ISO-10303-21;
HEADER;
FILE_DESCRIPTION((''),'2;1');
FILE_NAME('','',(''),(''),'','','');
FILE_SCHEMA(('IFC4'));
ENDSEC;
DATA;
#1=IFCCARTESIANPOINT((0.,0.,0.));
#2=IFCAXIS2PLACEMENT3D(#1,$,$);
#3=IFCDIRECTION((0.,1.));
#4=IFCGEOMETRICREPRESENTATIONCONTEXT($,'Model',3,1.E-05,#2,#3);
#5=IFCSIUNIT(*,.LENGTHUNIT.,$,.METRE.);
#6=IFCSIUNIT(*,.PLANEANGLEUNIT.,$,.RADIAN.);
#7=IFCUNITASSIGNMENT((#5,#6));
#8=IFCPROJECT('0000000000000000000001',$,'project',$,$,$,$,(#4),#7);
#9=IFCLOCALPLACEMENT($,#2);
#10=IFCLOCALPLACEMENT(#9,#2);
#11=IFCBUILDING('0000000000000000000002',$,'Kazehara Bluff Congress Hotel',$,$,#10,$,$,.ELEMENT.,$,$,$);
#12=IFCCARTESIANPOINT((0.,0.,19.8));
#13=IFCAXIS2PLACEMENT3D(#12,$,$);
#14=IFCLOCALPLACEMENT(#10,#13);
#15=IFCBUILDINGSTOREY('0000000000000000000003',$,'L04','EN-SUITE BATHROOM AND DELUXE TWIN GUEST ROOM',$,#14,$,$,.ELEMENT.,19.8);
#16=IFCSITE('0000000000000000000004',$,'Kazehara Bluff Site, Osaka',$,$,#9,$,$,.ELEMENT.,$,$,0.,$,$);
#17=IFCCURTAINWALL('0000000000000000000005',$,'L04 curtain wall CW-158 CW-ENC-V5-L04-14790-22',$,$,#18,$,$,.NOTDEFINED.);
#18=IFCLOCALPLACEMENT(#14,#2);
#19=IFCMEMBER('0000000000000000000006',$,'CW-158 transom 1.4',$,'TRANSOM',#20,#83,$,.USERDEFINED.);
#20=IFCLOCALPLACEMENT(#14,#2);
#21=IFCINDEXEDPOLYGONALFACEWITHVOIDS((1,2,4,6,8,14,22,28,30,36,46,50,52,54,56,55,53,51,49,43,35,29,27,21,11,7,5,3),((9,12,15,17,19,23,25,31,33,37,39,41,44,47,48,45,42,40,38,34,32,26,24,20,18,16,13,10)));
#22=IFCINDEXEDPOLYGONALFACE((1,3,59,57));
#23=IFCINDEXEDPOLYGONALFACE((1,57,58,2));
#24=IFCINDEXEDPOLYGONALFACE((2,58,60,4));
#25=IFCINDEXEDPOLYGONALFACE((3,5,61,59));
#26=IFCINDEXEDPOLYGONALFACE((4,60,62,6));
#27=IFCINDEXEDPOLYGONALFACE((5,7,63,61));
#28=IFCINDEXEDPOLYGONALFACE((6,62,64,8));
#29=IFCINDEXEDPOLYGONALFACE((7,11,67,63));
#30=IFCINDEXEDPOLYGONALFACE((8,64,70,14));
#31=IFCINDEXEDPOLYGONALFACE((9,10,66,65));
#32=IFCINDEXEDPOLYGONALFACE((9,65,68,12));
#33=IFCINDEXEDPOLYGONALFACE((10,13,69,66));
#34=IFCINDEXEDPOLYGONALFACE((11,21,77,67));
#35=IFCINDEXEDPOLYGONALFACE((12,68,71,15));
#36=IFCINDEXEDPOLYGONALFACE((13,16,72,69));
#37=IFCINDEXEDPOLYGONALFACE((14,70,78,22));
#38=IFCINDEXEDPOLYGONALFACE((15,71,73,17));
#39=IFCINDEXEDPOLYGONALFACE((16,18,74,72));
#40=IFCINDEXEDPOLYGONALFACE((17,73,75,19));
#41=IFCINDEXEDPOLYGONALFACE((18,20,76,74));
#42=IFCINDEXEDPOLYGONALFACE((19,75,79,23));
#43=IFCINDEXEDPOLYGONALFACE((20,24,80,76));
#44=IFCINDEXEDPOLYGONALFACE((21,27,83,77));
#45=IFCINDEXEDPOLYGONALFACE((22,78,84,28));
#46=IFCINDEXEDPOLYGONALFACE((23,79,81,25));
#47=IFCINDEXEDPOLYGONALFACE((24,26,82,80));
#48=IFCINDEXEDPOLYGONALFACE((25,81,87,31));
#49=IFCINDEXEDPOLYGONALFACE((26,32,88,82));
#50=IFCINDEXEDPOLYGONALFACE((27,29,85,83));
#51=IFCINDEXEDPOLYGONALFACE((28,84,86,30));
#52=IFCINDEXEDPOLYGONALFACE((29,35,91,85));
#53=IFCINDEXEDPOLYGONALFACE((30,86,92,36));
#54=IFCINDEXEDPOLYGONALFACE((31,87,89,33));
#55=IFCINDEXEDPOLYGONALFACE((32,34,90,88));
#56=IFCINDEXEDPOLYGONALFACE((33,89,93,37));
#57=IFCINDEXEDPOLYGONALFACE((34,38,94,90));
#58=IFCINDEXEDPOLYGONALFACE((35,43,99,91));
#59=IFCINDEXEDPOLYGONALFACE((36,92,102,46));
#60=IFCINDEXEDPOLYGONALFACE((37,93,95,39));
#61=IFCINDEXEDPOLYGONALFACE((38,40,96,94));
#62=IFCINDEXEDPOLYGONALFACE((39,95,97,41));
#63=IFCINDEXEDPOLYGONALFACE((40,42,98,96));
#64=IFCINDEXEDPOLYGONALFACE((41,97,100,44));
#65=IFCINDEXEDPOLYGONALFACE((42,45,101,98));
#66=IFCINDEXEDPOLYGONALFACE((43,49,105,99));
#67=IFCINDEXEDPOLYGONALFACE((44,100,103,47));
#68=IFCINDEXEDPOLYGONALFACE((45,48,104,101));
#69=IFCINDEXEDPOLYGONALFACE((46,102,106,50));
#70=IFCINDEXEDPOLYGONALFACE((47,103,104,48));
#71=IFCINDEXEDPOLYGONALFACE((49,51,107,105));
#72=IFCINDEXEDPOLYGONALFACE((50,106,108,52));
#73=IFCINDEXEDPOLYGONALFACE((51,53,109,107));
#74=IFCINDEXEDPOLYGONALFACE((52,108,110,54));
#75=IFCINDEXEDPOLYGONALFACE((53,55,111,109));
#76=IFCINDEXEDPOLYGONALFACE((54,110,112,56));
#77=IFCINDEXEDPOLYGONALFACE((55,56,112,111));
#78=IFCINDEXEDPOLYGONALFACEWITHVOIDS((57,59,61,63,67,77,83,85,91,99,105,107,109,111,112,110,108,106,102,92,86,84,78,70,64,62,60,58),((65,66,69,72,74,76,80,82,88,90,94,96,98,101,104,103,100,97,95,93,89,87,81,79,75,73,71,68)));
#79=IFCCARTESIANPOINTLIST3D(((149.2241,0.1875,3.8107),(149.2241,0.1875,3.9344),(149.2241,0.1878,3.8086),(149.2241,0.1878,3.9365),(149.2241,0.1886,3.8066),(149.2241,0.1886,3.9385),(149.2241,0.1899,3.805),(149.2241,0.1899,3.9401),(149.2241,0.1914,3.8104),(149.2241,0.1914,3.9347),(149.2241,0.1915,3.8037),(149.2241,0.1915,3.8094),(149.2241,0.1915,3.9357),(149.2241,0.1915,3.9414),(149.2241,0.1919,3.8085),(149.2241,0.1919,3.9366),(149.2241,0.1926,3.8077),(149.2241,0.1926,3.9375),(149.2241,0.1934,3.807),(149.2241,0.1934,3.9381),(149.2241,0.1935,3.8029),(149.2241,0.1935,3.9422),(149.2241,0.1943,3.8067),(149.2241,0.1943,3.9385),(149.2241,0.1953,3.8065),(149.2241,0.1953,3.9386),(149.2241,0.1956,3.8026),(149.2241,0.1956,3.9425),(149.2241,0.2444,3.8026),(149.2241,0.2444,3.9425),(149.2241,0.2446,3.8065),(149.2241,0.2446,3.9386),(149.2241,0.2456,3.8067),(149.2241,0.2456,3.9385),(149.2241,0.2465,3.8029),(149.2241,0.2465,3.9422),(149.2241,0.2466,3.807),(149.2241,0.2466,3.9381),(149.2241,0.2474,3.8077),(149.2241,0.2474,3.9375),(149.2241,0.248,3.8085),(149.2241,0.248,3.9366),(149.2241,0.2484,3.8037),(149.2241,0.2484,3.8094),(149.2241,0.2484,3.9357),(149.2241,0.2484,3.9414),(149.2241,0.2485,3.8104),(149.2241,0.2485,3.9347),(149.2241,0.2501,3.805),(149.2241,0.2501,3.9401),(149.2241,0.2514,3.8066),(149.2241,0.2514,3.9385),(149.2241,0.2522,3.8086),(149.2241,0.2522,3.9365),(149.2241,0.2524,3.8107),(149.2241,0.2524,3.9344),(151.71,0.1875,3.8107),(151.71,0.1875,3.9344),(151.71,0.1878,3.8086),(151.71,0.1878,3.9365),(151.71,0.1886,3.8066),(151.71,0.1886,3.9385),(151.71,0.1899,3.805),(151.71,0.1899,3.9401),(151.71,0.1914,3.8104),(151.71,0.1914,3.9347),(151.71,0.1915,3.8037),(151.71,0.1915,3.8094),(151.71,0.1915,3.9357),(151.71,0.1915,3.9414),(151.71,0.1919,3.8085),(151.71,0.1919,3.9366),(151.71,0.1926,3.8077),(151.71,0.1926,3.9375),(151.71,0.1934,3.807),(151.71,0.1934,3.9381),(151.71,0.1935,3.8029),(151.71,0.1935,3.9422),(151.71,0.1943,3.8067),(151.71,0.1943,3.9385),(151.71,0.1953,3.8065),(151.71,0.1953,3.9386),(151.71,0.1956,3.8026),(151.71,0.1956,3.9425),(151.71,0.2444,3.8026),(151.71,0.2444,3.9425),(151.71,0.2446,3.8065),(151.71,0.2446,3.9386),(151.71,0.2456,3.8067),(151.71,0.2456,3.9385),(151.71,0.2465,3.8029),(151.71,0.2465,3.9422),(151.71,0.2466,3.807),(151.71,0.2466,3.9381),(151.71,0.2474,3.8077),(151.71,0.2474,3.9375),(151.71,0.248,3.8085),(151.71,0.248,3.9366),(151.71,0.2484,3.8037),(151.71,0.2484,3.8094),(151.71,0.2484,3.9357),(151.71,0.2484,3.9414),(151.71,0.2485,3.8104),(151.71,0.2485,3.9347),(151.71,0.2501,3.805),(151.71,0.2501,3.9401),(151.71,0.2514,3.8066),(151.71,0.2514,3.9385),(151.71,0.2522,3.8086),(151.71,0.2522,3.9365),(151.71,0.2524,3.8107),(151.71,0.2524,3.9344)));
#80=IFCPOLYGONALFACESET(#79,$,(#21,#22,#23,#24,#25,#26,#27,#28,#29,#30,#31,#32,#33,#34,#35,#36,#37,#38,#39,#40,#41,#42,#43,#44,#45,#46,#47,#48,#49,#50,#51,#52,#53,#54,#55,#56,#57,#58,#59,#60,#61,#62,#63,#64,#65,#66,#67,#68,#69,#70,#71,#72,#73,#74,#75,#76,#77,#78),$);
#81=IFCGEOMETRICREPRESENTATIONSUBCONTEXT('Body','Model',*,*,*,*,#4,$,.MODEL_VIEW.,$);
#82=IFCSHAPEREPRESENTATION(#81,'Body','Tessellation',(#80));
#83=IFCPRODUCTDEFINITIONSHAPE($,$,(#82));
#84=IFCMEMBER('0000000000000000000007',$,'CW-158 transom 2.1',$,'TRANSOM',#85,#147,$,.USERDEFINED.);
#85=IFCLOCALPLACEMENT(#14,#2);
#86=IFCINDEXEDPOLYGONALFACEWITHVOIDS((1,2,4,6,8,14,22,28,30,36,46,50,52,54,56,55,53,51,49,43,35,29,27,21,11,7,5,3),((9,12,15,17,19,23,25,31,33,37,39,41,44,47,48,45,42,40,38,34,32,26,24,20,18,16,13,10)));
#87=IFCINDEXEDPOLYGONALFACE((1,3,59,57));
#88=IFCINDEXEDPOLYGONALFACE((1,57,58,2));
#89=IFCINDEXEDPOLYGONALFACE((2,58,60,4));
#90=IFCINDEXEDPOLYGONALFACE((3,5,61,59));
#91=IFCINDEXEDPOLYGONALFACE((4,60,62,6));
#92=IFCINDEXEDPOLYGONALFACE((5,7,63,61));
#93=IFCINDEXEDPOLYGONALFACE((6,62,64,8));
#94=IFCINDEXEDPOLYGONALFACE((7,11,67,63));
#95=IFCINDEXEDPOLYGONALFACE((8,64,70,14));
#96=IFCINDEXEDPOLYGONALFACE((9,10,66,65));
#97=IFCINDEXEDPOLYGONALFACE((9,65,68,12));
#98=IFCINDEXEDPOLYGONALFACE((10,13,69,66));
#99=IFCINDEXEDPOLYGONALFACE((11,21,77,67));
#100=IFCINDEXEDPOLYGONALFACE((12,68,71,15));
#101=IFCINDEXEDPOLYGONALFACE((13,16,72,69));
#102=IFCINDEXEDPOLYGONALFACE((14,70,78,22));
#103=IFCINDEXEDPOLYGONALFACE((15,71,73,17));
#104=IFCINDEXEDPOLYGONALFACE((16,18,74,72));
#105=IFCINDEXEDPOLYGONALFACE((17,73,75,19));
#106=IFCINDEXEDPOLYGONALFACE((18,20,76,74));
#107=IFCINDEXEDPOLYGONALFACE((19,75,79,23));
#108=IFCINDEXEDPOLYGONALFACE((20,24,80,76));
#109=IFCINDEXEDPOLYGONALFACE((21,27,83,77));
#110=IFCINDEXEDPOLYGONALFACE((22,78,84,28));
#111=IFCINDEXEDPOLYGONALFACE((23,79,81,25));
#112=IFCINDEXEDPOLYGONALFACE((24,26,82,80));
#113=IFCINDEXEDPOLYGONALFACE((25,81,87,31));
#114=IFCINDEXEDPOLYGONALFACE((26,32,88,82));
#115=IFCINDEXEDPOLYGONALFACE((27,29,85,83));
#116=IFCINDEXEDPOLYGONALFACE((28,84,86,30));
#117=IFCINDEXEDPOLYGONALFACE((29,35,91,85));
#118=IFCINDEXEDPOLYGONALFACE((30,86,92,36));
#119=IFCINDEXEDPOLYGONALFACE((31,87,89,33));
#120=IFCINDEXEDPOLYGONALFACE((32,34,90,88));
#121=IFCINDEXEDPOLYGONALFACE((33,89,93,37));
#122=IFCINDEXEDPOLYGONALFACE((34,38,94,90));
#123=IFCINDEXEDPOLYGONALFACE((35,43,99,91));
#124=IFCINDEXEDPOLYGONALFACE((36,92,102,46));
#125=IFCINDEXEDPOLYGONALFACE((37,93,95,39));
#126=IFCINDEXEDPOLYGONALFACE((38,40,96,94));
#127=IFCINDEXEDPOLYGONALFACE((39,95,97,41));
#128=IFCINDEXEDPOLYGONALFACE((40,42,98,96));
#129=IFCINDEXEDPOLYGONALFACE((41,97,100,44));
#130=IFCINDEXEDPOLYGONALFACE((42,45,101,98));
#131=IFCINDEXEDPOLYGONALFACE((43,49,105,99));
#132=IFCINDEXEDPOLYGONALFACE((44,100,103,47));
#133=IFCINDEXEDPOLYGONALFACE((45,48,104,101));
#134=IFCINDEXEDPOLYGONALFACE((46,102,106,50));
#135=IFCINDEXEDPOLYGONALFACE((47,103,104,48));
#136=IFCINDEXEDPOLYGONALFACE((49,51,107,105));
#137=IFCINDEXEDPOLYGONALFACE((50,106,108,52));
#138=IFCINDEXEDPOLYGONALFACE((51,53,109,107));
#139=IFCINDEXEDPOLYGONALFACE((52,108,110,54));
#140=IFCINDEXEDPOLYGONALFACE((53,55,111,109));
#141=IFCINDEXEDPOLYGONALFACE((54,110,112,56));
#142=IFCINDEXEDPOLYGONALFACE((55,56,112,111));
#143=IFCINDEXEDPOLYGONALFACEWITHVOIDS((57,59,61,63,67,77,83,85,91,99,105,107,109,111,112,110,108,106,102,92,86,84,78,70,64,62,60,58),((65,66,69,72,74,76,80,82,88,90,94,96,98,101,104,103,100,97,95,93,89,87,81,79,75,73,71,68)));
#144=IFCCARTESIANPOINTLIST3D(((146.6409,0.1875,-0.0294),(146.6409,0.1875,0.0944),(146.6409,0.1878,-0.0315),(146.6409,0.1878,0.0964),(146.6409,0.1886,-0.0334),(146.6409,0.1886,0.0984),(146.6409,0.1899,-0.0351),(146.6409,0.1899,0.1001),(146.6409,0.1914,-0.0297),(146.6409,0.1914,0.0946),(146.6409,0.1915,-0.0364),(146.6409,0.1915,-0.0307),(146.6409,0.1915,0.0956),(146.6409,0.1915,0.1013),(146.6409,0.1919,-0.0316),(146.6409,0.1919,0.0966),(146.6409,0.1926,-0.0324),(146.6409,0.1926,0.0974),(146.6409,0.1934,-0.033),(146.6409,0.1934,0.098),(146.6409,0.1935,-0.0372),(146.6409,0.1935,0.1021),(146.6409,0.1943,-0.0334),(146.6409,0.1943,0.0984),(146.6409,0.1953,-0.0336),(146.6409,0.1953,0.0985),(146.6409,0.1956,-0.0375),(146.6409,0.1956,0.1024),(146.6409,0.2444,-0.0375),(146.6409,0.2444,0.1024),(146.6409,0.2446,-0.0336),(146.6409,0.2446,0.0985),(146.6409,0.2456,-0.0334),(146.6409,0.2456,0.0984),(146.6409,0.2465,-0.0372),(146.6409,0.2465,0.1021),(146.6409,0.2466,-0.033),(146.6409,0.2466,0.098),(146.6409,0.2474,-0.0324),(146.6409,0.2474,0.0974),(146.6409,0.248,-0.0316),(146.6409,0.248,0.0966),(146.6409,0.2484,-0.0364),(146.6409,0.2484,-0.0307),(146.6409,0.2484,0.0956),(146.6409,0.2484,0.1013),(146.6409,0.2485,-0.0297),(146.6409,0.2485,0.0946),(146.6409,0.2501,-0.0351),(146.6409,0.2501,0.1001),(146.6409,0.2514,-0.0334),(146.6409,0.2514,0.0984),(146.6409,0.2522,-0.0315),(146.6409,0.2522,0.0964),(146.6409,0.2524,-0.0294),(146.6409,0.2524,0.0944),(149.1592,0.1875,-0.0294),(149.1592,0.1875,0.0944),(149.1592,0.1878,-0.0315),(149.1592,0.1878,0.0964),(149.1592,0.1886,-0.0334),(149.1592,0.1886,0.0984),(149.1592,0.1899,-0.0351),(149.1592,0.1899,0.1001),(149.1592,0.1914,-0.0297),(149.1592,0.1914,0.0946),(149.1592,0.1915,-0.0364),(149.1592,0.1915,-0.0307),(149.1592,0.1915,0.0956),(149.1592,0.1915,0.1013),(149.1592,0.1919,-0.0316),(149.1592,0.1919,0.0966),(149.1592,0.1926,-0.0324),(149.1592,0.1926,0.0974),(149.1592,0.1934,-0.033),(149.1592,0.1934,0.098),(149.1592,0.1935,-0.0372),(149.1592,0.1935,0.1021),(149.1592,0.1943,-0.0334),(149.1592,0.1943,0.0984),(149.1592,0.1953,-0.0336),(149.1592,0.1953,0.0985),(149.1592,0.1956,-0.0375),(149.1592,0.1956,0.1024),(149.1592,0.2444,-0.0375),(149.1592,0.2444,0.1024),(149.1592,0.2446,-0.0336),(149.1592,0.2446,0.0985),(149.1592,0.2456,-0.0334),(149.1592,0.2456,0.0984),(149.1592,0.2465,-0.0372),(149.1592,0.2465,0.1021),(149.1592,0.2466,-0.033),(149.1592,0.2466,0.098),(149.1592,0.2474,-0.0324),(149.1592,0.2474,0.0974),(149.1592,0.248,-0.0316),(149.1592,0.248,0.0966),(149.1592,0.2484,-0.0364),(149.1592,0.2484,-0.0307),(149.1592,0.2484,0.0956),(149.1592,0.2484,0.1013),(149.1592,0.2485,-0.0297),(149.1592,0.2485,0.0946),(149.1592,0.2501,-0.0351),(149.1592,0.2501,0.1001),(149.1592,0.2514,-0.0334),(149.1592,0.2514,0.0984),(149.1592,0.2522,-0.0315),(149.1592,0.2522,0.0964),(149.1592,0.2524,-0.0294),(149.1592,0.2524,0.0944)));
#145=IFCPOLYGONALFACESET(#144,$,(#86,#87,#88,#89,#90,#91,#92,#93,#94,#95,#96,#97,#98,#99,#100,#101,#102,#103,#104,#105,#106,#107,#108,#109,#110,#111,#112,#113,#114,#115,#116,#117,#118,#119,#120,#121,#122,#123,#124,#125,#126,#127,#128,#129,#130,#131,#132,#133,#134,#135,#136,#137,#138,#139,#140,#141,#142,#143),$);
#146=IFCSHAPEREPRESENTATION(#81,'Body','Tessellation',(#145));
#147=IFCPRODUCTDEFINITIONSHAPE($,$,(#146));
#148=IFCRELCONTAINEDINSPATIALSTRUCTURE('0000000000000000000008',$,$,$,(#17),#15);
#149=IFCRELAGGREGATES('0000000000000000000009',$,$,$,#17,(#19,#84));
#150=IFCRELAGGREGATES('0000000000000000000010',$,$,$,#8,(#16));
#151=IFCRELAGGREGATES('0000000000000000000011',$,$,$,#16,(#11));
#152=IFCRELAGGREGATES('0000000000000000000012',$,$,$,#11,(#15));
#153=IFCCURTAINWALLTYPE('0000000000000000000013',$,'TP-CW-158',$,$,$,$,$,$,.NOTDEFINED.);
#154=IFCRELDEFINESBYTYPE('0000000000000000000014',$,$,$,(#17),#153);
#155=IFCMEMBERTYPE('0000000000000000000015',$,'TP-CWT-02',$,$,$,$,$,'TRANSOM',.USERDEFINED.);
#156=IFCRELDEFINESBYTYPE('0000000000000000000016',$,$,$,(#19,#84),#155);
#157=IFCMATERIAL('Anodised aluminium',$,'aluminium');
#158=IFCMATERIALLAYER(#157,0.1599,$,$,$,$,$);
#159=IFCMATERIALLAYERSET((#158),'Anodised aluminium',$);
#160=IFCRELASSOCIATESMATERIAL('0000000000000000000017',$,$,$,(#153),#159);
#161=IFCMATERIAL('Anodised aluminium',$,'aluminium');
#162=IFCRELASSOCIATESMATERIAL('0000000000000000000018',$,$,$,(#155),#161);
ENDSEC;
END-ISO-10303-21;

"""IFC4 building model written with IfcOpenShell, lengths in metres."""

from ifc_helpers import new_model, si_unit, direction, frame, origin, origin_2d, place, context, subcontext, project, spatial, hollow_rectangle, extrude, material, layer, layer_set, material_profile, profile_set, type_object, element, aggregate, save


model = new_model("IFC4")

# Units and contexts
model_context = context("Model", 3, precision=1e-05, world=origin(), true_north=direction((0.0, 1.0)))
body_context = subcontext(model_context, "Body", "Model", "MODEL_VIEW")
ifc_project = project(units=[si_unit("LENGTHUNIT", "METRE"), si_unit("PLANEANGLEUNIT", "RADIAN")], contexts=[model_context])

# Site, building, storey
site_placement = place(None, origin())
site = spatial("IfcSite", under=ifc_project, at=site_placement, Name="Kazehara Bluff Site, Osaka", CompositionType="ELEMENT", RefElevation=0.0)
building_placement = place(site_placement, origin())
building = spatial("IfcBuilding", under=site, at=building_placement, Name="Kazehara Bluff Congress Hotel", CompositionType="ELEMENT")
storey_placement = place(building_placement, frame((0.0, 0.0, 19.8)))
storey = spatial("IfcBuildingStorey", under=building, at=storey_placement, Name="L04", Description="EN-SUITE BATHROOM AND DELUXE TWIN GUEST ROOM", CompositionType="ELEMENT", Elevation=19.8)

# Curtain wall
ifc_material_1 = material(Name="Anodised aluminium", Category="aluminium")
ifc_layer_1 = layer(ifc_material_1, 0.1599)
ifc_layer_set_1 = layer_set([ifc_layer_1], Name="Anodised aluminium")
curtain_wall_type = type_object("IfcCurtainWallType", Name="TP-CW-158", PredefinedType="NOTDEFINED", material=ifc_layer_set_1)
curtain_wall_1_placement = place(storey_placement, origin())
curtain_wall_1 = element("IfcCurtainWall", 1, at=curtain_wall_1_placement, inside=storey, type_object=curtain_wall_type, Name="L04 curtain wall CW-158 CW-ENC-V5-L04-14790-22", PredefinedType="NOTDEFINED")

# Members
ifc_material_2 = material(Name="Anodised aluminium", Category="aluminium")
ifc_material_profile_1 = material_profile(ifc_material_2, hollow_rectangle(XDim=0.0649, YDim=0.1399, WallThickness=0.0039, InnerFilletRadius=0.0039, OuterFilletRadius=0.0081, at=origin_2d()))
ifc_profile_set_1 = profile_set([ifc_material_profile_1], Name="Anodised aluminium")
member_type_1 = type_object("IfcMemberType", Name="TP-CWT-02", ElementType="TRANSOM", PredefinedType="USERDEFINED", material=ifc_profile_set_1)
member_1_placement = place(storey_placement, frame((151.71, 0.22, 3.8726), z_axis=(-1.0, 0.0, 0.0), x_axis=(0.0, -1.0, 0.0)))
member_1 = element("IfcMember", 2, at=member_1_placement, type_object=member_type_1, Name="CW-158 transom 1.4", ObjectType="TRANSOM", PredefinedType="USERDEFINED", context=body_context, shape_type="SweptSolid", body=[
    extrude(hollow_rectangle(XDim=0.0649, YDim=0.1399, WallThickness=0.0039, InnerFilletRadius=0.0039, OuterFilletRadius=0.0081, at=origin_2d()), origin(), (0.0, 0.0, 1.0), 2.4858),
])
member_2_placement = place(storey_placement, frame((149.1592, 0.22, 0.0325), z_axis=(-1.0, 0.0, 0.0), x_axis=(0.0, -1.0, 0.0)))
member_2 = element("IfcMember", 3, at=member_2_placement, type_object=member_type_1, Name="CW-158 transom 2.1", ObjectType="TRANSOM", PredefinedType="USERDEFINED", context=body_context, shape_type="SweptSolid", body=[
    extrude(hollow_rectangle(XDim=0.0649, YDim=0.1399, WallThickness=0.0039, InnerFilletRadius=0.0039, OuterFilletRadius=0.0081, at=origin_2d()), origin(), (0.0, 0.0, 1.0), 2.5183),
])

aggregate(curtain_wall_1, [member_1, member_2])

save(model, "model.ifc")
